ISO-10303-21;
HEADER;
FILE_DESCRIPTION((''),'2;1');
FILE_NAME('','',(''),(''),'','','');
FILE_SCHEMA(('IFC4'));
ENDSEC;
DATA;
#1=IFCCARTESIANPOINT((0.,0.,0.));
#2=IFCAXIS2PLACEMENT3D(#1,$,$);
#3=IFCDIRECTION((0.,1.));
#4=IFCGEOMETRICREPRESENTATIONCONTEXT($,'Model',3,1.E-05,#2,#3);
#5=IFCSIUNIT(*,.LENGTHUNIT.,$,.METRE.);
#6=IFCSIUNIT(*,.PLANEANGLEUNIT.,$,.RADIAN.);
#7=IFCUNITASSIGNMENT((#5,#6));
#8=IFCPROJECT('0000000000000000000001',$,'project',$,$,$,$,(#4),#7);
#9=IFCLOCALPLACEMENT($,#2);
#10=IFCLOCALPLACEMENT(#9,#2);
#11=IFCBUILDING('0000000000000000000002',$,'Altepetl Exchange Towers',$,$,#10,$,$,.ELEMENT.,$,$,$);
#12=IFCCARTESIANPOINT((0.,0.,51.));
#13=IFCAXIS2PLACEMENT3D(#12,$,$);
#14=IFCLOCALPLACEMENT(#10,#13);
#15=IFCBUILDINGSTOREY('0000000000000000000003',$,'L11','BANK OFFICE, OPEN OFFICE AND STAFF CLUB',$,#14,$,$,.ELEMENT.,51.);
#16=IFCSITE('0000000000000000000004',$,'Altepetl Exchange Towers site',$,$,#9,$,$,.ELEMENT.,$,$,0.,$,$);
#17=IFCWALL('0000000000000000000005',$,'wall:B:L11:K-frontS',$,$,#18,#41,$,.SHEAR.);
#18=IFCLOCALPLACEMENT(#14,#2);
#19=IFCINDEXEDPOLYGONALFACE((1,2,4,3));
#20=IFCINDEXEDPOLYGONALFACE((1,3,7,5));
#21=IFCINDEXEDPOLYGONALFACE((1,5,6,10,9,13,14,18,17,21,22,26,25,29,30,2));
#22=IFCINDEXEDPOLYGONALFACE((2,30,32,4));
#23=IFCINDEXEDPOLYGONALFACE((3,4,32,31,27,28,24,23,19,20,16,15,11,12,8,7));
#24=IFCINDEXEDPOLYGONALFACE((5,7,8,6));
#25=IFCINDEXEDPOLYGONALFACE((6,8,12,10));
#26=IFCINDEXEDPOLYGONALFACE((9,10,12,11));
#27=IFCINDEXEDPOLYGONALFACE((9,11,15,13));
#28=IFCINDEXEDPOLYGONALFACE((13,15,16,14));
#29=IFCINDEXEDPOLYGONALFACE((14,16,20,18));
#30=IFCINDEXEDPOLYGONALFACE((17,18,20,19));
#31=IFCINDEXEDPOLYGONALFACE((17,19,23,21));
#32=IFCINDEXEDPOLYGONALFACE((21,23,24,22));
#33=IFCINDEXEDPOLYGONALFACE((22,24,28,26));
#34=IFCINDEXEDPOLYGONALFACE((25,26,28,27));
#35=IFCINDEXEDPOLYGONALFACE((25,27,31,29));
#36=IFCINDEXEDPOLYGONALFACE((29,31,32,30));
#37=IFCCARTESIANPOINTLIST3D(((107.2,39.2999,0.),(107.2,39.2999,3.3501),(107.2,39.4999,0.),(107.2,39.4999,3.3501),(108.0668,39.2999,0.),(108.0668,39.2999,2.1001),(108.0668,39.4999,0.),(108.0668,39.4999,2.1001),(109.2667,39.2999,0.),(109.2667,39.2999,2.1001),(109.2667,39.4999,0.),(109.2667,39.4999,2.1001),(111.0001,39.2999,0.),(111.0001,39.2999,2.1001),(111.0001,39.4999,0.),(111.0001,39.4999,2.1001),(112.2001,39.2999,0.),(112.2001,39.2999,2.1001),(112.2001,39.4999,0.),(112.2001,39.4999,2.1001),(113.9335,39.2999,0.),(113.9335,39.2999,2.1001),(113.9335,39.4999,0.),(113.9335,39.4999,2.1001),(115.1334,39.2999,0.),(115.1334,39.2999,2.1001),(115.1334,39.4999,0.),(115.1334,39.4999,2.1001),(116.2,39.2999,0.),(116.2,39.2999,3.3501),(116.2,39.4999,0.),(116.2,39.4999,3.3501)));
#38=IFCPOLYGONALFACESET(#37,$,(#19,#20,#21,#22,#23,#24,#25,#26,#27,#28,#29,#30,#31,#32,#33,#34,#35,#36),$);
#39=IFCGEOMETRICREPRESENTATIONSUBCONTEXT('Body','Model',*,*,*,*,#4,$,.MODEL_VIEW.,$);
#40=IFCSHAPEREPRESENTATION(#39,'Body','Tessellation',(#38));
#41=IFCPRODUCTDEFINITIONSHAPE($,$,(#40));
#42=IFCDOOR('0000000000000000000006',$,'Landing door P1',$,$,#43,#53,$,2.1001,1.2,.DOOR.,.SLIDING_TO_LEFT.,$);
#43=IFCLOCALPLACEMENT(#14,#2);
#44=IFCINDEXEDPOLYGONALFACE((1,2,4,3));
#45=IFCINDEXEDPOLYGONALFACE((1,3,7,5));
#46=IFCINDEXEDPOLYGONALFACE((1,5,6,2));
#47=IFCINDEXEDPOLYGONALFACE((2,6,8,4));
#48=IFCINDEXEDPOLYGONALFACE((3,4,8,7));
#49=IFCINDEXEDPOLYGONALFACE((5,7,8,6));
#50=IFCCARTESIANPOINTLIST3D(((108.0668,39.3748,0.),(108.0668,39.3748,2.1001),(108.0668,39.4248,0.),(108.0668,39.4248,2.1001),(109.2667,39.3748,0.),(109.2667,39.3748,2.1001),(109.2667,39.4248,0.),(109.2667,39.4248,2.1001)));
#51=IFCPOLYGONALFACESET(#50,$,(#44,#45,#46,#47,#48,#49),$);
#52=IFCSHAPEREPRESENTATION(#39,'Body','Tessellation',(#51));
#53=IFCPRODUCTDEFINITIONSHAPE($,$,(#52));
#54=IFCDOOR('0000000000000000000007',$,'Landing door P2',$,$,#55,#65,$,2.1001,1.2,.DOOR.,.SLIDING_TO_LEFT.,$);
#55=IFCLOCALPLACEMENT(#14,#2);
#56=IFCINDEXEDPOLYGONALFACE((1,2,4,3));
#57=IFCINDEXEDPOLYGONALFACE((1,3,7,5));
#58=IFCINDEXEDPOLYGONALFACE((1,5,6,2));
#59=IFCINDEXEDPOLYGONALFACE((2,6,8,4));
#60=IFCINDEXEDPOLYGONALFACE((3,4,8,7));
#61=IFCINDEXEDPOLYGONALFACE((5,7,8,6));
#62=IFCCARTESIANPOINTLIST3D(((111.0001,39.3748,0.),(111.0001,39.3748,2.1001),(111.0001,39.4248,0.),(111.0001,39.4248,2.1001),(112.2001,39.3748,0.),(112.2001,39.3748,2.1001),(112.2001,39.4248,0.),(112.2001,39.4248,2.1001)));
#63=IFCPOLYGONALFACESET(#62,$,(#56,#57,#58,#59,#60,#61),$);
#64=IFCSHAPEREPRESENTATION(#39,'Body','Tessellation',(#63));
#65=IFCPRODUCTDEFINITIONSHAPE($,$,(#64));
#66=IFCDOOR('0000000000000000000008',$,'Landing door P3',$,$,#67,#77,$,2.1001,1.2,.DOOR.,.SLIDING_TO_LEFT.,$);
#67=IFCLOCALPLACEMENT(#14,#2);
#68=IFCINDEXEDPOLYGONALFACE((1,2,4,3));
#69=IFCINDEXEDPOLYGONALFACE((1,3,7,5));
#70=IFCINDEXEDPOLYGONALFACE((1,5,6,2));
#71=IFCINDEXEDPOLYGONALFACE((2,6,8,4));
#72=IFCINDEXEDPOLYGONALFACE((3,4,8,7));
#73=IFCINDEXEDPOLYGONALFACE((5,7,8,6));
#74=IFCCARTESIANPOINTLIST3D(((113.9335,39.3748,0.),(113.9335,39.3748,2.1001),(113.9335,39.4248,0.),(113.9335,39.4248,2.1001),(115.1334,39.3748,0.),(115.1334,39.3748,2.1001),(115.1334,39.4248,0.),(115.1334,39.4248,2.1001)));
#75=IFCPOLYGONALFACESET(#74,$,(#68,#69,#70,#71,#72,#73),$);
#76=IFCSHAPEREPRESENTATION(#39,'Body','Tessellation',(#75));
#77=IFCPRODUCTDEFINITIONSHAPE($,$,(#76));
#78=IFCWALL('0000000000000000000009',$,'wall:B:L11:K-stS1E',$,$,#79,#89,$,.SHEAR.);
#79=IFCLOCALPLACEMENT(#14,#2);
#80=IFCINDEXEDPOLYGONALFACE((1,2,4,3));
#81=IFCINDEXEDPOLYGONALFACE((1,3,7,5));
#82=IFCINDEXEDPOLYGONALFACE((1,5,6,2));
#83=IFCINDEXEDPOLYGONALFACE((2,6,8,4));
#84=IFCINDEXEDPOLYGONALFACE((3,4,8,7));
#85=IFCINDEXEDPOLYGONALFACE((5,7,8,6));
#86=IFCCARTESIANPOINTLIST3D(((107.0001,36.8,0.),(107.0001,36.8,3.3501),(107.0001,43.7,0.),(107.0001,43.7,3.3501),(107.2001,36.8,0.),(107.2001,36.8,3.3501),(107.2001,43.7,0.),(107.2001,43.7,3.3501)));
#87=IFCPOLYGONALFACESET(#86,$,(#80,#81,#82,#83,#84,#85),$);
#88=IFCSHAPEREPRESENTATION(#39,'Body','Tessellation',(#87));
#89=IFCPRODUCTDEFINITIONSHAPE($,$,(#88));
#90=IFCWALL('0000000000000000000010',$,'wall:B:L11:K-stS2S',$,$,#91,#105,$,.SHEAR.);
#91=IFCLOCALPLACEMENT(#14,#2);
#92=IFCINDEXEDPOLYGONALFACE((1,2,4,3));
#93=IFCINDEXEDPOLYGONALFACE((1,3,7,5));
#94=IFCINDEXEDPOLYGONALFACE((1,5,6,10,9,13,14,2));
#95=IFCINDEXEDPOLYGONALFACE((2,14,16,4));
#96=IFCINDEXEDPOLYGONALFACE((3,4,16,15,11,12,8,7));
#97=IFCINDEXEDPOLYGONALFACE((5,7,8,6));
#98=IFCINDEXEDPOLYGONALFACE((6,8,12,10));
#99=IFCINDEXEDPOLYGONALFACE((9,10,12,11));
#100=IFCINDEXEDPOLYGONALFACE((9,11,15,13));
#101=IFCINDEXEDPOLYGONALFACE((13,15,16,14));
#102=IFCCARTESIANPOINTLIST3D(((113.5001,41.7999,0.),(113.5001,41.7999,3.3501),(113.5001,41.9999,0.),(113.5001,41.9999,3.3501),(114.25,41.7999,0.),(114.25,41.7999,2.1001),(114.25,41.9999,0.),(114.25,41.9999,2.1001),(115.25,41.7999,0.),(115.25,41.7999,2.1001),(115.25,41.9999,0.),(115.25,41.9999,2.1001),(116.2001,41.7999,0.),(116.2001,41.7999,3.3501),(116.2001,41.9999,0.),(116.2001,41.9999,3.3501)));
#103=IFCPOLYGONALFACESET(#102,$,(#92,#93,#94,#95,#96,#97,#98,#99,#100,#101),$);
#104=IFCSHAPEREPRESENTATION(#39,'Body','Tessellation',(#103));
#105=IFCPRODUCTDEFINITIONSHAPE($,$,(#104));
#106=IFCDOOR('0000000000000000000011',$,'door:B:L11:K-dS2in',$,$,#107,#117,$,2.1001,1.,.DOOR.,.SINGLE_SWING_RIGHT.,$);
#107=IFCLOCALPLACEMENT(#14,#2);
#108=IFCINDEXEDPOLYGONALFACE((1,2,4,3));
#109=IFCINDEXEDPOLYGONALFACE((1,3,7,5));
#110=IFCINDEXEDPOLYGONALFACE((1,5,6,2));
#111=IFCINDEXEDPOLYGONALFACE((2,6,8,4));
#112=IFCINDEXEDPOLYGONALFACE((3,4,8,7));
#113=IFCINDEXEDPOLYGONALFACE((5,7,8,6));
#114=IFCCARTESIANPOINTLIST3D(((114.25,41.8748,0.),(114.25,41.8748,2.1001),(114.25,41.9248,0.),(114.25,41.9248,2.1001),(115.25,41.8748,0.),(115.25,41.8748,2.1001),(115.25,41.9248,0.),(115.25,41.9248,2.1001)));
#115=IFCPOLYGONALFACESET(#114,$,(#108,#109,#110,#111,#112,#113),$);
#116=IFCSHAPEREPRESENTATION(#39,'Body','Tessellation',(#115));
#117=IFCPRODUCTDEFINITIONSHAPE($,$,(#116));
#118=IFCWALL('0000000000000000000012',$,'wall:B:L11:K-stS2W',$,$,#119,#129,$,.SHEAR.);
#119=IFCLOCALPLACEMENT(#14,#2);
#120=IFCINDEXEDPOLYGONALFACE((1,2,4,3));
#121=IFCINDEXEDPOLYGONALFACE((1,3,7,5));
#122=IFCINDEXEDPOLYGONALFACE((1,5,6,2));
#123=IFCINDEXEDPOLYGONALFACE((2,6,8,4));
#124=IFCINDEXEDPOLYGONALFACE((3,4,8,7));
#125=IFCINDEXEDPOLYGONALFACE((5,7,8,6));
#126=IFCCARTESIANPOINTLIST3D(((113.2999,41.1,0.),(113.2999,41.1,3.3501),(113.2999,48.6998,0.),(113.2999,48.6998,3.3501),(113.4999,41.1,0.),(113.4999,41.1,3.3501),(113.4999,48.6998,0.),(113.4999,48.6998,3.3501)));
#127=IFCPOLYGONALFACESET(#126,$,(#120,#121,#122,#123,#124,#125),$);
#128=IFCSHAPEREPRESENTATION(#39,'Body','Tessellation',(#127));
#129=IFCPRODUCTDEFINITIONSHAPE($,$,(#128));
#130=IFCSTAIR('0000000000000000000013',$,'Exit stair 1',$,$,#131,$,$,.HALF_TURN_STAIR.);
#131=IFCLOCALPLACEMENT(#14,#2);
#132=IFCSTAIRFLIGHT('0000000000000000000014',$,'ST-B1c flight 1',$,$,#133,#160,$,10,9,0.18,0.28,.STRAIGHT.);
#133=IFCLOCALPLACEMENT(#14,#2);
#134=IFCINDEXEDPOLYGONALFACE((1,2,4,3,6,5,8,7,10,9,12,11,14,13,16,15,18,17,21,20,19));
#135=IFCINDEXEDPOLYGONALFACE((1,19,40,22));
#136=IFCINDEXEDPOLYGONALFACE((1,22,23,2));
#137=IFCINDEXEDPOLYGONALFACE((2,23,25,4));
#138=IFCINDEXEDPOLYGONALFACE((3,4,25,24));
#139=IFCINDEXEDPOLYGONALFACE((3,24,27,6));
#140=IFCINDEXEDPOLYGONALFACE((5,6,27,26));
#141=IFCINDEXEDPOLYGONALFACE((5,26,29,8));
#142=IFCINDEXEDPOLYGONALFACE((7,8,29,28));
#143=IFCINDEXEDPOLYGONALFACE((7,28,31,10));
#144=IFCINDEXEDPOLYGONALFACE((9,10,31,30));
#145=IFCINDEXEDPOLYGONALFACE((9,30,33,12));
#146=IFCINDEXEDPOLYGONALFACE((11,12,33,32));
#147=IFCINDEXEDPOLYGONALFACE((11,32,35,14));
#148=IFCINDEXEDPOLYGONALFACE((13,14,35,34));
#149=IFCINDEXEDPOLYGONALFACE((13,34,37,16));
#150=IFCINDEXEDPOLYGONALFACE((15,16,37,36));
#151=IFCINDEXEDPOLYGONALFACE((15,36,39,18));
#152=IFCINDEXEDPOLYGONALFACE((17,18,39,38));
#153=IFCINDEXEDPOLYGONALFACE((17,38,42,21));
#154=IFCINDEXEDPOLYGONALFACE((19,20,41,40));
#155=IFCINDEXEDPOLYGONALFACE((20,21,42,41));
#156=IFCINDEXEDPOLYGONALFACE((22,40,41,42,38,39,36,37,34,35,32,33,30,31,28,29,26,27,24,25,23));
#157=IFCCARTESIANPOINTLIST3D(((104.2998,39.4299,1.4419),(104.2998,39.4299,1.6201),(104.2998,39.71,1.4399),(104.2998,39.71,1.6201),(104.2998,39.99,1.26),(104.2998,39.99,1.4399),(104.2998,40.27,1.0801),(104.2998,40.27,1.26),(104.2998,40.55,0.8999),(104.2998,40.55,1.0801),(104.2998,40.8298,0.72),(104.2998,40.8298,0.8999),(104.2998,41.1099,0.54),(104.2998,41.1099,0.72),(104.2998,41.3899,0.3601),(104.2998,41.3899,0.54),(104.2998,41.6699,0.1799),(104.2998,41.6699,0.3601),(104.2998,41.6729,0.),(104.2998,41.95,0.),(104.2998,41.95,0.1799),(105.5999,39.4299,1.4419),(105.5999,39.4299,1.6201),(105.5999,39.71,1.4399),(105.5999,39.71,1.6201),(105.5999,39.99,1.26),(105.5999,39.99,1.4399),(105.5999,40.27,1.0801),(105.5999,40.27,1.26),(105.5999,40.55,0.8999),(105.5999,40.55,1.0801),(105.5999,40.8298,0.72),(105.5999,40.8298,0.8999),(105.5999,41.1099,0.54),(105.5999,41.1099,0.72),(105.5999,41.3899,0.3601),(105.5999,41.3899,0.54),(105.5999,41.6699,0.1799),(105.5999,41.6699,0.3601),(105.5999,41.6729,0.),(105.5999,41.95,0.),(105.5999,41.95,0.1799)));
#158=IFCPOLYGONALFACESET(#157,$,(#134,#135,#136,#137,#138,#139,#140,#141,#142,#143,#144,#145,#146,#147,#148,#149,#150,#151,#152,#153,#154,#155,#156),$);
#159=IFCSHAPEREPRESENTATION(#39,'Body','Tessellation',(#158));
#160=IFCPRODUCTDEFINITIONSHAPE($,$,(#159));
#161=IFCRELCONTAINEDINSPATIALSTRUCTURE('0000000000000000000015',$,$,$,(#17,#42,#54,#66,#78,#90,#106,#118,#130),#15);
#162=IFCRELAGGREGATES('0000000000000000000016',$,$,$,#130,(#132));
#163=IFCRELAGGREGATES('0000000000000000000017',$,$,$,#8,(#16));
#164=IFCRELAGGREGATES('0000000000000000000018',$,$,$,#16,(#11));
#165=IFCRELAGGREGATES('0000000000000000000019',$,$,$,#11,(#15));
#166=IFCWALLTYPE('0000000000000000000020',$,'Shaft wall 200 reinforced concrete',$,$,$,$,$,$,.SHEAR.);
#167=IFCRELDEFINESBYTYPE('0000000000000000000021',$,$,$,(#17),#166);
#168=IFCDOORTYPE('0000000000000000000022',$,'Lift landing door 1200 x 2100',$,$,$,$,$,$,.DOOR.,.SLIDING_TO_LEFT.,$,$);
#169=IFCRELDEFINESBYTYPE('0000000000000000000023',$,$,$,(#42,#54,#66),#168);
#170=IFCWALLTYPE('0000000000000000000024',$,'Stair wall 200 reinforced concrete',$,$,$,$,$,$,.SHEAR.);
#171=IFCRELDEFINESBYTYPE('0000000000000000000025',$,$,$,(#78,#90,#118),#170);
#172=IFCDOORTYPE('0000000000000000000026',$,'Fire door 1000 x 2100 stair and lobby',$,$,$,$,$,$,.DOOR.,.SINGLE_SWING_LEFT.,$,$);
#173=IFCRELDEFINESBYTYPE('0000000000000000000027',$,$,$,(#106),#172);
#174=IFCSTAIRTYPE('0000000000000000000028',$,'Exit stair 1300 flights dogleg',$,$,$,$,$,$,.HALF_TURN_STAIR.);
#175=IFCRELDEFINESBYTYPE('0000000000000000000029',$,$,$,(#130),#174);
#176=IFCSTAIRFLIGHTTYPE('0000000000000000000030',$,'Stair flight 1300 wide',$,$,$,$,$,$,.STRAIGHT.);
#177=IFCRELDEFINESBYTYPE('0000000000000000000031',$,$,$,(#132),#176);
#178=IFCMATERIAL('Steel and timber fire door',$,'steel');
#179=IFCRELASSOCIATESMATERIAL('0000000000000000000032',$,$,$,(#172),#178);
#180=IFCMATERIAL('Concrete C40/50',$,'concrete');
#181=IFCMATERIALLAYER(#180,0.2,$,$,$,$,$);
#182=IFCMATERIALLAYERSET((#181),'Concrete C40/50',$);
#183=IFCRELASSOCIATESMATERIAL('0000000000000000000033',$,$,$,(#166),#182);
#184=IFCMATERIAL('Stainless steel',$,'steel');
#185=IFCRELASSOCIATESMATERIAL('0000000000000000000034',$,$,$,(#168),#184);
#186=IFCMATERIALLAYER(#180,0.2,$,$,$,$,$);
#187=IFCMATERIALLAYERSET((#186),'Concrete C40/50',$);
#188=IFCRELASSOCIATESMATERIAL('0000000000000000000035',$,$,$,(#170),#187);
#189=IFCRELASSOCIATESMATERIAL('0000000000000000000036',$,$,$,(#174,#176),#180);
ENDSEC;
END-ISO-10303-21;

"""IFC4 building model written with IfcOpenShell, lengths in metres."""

from ifc_helpers import new_model, si_unit, direction, frame, frame_2d, origin, place, context, subcontext, project, spatial, polyline, rectangle, outline, extrude, material, layer, layer_set, type_object, element, fill, aggregate, save


model = new_model("IFC4")

# Units and contexts
model_context = context("Model", 3, precision=1e-05, world=origin(), true_north=direction((0.0, 1.0)))
body_context = subcontext(model_context, "Body", "Model", "MODEL_VIEW")
ifc_project = project(units=[si_unit("LENGTHUNIT", "METRE"), si_unit("PLANEANGLEUNIT", "RADIAN")], contexts=[model_context])

# Site, building, storey
site_placement = place(None, origin())
site = spatial("IfcSite", under=ifc_project, at=site_placement, Name="Altepetl Exchange Towers site", CompositionType="ELEMENT", RefElevation=0.0)
building_placement = place(site_placement, origin())
building = spatial("IfcBuilding", under=site, at=building_placement, Name="Altepetl Exchange Towers", CompositionType="ELEMENT")
storey_placement = place(building_placement, frame((0.0, 0.0, 51.0)))
storey = spatial("IfcBuildingStorey", under=building, at=storey_placement, Name="L11", Description="BANK OFFICE, OPEN OFFICE AND STAFF CLUB", CompositionType="ELEMENT", Elevation=51.0)

# Shared definitions
ifc_material_1 = material(Name="Steel and timber fire door", Category="steel")
door_type_1 = type_object("IfcDoorType", Name="Fire door 1000 x 2100 stair and lobby", OperationType="SINGLE_SWING_LEFT", PredefinedType="DOOR", material=ifc_material_1)

# Shared definitions
ifc_material_2 = material(Name="Concrete C40/50", Category="concrete")
ifc_layer_1 = layer(ifc_material_2, 0.2)
ifc_layer_set_1 = layer_set([ifc_layer_1], Name="Concrete C40/50")
wall_type_1 = type_object("IfcWallType", Name="Shaft wall 200 reinforced concrete", PredefinedType="SHEAR", material=ifc_layer_set_1)

# Wall, openings, doors
wall_1_placement = place(storey_placement, frame((107.2, 39.3999, 0.0)))
wall_1 = element("IfcWall", 1, at=wall_1_placement, inside=storey, type_object=wall_type_1, Name="wall:B:L11:K-frontS", PredefinedType="SHEAR", context=body_context, shape_type="SweptSolid", body=[
    extrude(rectangle(XDim=9.0, YDim=0.2, at=frame_2d((4.5, 0.0))), origin(), (0.0, 0.0, 1.0), 3.3501),
])
opening_1_placement = place(wall_1_placement, frame((0.8667, 0.0, 0.0)))
opening_1 = element("IfcOpeningElement", 2, at=opening_1_placement, cuts=wall_1, PredefinedType="OPENING", context=body_context, shape_type="SweptSolid", body=[
    extrude(rectangle(XDim=1.2, YDim=2.1001, at=frame_2d((0.6001, 1.05))), frame((0.0, 0.1099, 0.0), z_axis=(0.0, -1.0, 0.0), x_axis=(1.0, 0.0, 0.0)), (0.0, 0.0, 1.0), 0.22),
])
opening_2_placement = place(wall_1_placement, frame((3.8, 0.0, 0.0)))
opening_2 = element("IfcOpeningElement", 3, at=opening_2_placement, cuts=wall_1, PredefinedType="OPENING", context=body_context, shape_type="SweptSolid", body=[
    extrude(rectangle(XDim=1.2, YDim=2.1001, at=frame_2d((0.6001, 1.05))), frame((0.0, 0.1099, 0.0), z_axis=(0.0, -1.0, 0.0), x_axis=(1.0, 0.0, 0.0)), (0.0, 0.0, 1.0), 0.22),
])
opening_3_placement = place(wall_1_placement, frame((6.7334, 0.0, 0.0)))
opening_3 = element("IfcOpeningElement", 4, at=opening_3_placement, cuts=wall_1, PredefinedType="OPENING", context=body_context, shape_type="SweptSolid", body=[
    extrude(rectangle(XDim=1.2, YDim=2.1001, at=frame_2d((0.6001, 1.05))), frame((0.0, 0.1099, 0.0), z_axis=(0.0, -1.0, 0.0), x_axis=(1.0, 0.0, 0.0)), (0.0, 0.0, 1.0), 0.22),
])
ifc_material_3 = material(Name="Stainless steel", Category="steel")
door_type_2 = type_object("IfcDoorType", Name="Lift landing door 1200 x 2100", OperationType="SLIDING_TO_LEFT", PredefinedType="DOOR", material=ifc_material_3)
door_1_placement = place(opening_1_placement, origin())
door_1 = element("IfcDoor", 5, at=door_1_placement, inside=storey, type_object=door_type_2, Name="Landing door P1", OperationType="SLIDING_TO_LEFT", OverallHeight=2.1001, OverallWidth=1.2, PredefinedType="DOOR", context=body_context, shape_type="SweptSolid", body=[
    extrude(rectangle(XDim=1.2, YDim=2.1001, at=frame_2d((0.6001, 1.05))), frame((0.0, 0.0249, 0.0), z_axis=(0.0, -1.0, 0.0), x_axis=(1.0, 0.0, 0.0)), (0.0, 0.0, 1.0), 0.05),
])
fill(opening_1, door_1)
door_2_placement = place(opening_2_placement, origin())
door_2 = element("IfcDoor", 6, at=door_2_placement, inside=storey, type_object=door_type_2, Name="Landing door P2", OperationType="SLIDING_TO_LEFT", OverallHeight=2.1001, OverallWidth=1.2, PredefinedType="DOOR", context=body_context, shape_type="SweptSolid", body=[
    extrude(rectangle(XDim=1.2, YDim=2.1001, at=frame_2d((0.6001, 1.05))), frame((0.0, 0.0249, 0.0), z_axis=(0.0, -1.0, 0.0), x_axis=(1.0, 0.0, 0.0)), (0.0, 0.0, 1.0), 0.05),
])
fill(opening_2, door_2)
door_3_placement = place(opening_3_placement, origin())
door_3 = element("IfcDoor", 7, at=door_3_placement, inside=storey, type_object=door_type_2, Name="Landing door P3", OperationType="SLIDING_TO_LEFT", OverallHeight=2.1001, OverallWidth=1.2, PredefinedType="DOOR", context=body_context, shape_type="SweptSolid", body=[
    extrude(rectangle(XDim=1.2, YDim=2.1001, at=frame_2d((0.6001, 1.05))), frame((0.0, 0.0249, 0.0), z_axis=(0.0, -1.0, 0.0), x_axis=(1.0, 0.0, 0.0)), (0.0, 0.0, 1.0), 0.05),
])
fill(opening_3, door_3)

# Wall
ifc_layer_2 = layer(ifc_material_2, 0.2)
ifc_layer_set_2 = layer_set([ifc_layer_2], Name="Concrete C40/50")
wall_type_2 = type_object("IfcWallType", Name="Stair wall 200 reinforced concrete", PredefinedType="SHEAR", material=ifc_layer_set_2)
wall_2_placement = place(storey_placement, frame((107.1001, 36.8, 0.0), z_axis=(0.0, 0.0, 1.0), x_axis=(0.0, 1.0, 0.0)))
element("IfcWall", 8, at=wall_2_placement, inside=storey, type_object=wall_type_2, Name="wall:B:L11:K-stS1E", PredefinedType="SHEAR", context=body_context, shape_type="SweptSolid", body=[
    extrude(rectangle(XDim=6.8999, YDim=0.2, at=frame_2d((3.45, 0.0))), origin(), (0.0, 0.0, 1.0), 3.3501),
])

# Wall, opening, door
wall_3_placement = place(storey_placement, frame((113.5, 41.8999, 0.0)))
wall_3 = element("IfcWall", 9, at=wall_3_placement, inside=storey, type_object=wall_type_2, Name="wall:B:L11:K-stS2S", PredefinedType="SHEAR", context=body_context, shape_type="SweptSolid", body=[
    extrude(rectangle(XDim=2.7, YDim=0.2, at=frame_2d((1.3501, 0.0))), origin(), (0.0, 0.0, 1.0), 3.3501),
])
opening_4_placement = place(wall_3_placement, frame((0.75, 0.0, 0.0)))
opening_4 = element("IfcOpeningElement", 10, at=opening_4_placement, cuts=wall_3, PredefinedType="OPENING", context=body_context, shape_type="SweptSolid", body=[
    extrude(rectangle(XDim=1.0, YDim=2.1001, at=frame_2d((0.5, 1.05))), frame((0.0, 0.1099, 0.0), z_axis=(0.0, -1.0, 0.0), x_axis=(1.0, 0.0, 0.0)), (0.0, 0.0, 1.0), 0.22),
])
door_4_placement = place(opening_4_placement, origin())
door_4 = element("IfcDoor", 11, at=door_4_placement, inside=storey, type_object=door_type_1, Name="door:B:L11:K-dS2in", OperationType="SINGLE_SWING_RIGHT", OverallHeight=2.1001, OverallWidth=1.0, PredefinedType="DOOR", context=body_context, shape_type="SweptSolid", body=[
    extrude(rectangle(XDim=1.0, YDim=2.1001, at=frame_2d((0.5, 1.05))), frame((0.0, 0.0249, 0.0), z_axis=(0.0, -1.0, 0.0), x_axis=(1.0, 0.0, 0.0)), (0.0, 0.0, 1.0), 0.05),
])
fill(opening_4, door_4)

# Wall
wall_4_placement = place(storey_placement, frame((113.3999, 41.1001, 0.0), z_axis=(0.0, 0.0, 1.0), x_axis=(0.0, 1.0, 0.0)))
element("IfcWall", 12, at=wall_4_placement, inside=storey, type_object=wall_type_2, Name="wall:B:L11:K-stS2W", PredefinedType="SHEAR", context=body_context, shape_type="SweptSolid", body=[
    extrude(rectangle(XDim=7.5999, YDim=0.2, at=frame_2d((3.7998, 0.0))), origin(), (0.0, 0.0, 1.0), 3.3501),
])

# Stair, stair flight
stair_type = type_object("IfcStairType", Name="Exit stair 1300 flights dogleg", PredefinedType="HALF_TURN_STAIR", material=ifc_material_2)
stair_placement = place(storey_placement, origin())
stair = element("IfcStair", 13, at=stair_placement, inside=storey, type_object=stair_type, Name="Exit stair 1", PredefinedType="HALF_TURN_STAIR")
stair_flight_type = type_object("IfcStairFlightType", Name="Stair flight 1300 wide", PredefinedType="STRAIGHT", material=ifc_material_2)
stair_flight_1_placement = place(storey_placement, frame((104.95, 41.95, 0.0), z_axis=(0.0, 0.0, 1.0), x_axis=(0.0, -1.0, 0.0)))
stair_flight_1 = element("IfcStairFlight", 14, at=stair_flight_1_placement, type_object=stair_flight_type, Name="ST-B1c flight 1", NumberOfRisers=10, NumberOfTreads=9, PredefinedType="STRAIGHT", RiserHeight=0.18, TreadLength=0.28, context=body_context, shape_type="SweptSolid", body=[
    extrude(outline(polyline([(0.0, 0.0), (0.0, 0.1799), (0.28, 0.1799), (0.28, 0.3601), (0.5601, 0.3601), (0.5601, 0.54), (0.8401, 0.54), (0.8401, 0.72), (1.1201, 0.72), (1.1201, 0.8999), (1.3999, 0.8999), (1.3999, 1.0801), (1.6799, 1.0801), (1.6799, 1.26), (1.96, 1.26), (1.96, 1.4399), (2.24, 1.4399), (2.24, 1.6201), (2.52, 1.6201), (2.52, 1.8), (2.52, 1.4419), (0.2771, 0.0), (0.0, 0.0)])), frame((0.0, 0.6499, 0.0), z_axis=(0.0, -1.0, 0.0), x_axis=(1.0, 0.0, 0.0)), (0.0, 0.0, 1.0), 1.3),
])
aggregate(stair, [stair_flight_1])

save(model, "model.ifc")
